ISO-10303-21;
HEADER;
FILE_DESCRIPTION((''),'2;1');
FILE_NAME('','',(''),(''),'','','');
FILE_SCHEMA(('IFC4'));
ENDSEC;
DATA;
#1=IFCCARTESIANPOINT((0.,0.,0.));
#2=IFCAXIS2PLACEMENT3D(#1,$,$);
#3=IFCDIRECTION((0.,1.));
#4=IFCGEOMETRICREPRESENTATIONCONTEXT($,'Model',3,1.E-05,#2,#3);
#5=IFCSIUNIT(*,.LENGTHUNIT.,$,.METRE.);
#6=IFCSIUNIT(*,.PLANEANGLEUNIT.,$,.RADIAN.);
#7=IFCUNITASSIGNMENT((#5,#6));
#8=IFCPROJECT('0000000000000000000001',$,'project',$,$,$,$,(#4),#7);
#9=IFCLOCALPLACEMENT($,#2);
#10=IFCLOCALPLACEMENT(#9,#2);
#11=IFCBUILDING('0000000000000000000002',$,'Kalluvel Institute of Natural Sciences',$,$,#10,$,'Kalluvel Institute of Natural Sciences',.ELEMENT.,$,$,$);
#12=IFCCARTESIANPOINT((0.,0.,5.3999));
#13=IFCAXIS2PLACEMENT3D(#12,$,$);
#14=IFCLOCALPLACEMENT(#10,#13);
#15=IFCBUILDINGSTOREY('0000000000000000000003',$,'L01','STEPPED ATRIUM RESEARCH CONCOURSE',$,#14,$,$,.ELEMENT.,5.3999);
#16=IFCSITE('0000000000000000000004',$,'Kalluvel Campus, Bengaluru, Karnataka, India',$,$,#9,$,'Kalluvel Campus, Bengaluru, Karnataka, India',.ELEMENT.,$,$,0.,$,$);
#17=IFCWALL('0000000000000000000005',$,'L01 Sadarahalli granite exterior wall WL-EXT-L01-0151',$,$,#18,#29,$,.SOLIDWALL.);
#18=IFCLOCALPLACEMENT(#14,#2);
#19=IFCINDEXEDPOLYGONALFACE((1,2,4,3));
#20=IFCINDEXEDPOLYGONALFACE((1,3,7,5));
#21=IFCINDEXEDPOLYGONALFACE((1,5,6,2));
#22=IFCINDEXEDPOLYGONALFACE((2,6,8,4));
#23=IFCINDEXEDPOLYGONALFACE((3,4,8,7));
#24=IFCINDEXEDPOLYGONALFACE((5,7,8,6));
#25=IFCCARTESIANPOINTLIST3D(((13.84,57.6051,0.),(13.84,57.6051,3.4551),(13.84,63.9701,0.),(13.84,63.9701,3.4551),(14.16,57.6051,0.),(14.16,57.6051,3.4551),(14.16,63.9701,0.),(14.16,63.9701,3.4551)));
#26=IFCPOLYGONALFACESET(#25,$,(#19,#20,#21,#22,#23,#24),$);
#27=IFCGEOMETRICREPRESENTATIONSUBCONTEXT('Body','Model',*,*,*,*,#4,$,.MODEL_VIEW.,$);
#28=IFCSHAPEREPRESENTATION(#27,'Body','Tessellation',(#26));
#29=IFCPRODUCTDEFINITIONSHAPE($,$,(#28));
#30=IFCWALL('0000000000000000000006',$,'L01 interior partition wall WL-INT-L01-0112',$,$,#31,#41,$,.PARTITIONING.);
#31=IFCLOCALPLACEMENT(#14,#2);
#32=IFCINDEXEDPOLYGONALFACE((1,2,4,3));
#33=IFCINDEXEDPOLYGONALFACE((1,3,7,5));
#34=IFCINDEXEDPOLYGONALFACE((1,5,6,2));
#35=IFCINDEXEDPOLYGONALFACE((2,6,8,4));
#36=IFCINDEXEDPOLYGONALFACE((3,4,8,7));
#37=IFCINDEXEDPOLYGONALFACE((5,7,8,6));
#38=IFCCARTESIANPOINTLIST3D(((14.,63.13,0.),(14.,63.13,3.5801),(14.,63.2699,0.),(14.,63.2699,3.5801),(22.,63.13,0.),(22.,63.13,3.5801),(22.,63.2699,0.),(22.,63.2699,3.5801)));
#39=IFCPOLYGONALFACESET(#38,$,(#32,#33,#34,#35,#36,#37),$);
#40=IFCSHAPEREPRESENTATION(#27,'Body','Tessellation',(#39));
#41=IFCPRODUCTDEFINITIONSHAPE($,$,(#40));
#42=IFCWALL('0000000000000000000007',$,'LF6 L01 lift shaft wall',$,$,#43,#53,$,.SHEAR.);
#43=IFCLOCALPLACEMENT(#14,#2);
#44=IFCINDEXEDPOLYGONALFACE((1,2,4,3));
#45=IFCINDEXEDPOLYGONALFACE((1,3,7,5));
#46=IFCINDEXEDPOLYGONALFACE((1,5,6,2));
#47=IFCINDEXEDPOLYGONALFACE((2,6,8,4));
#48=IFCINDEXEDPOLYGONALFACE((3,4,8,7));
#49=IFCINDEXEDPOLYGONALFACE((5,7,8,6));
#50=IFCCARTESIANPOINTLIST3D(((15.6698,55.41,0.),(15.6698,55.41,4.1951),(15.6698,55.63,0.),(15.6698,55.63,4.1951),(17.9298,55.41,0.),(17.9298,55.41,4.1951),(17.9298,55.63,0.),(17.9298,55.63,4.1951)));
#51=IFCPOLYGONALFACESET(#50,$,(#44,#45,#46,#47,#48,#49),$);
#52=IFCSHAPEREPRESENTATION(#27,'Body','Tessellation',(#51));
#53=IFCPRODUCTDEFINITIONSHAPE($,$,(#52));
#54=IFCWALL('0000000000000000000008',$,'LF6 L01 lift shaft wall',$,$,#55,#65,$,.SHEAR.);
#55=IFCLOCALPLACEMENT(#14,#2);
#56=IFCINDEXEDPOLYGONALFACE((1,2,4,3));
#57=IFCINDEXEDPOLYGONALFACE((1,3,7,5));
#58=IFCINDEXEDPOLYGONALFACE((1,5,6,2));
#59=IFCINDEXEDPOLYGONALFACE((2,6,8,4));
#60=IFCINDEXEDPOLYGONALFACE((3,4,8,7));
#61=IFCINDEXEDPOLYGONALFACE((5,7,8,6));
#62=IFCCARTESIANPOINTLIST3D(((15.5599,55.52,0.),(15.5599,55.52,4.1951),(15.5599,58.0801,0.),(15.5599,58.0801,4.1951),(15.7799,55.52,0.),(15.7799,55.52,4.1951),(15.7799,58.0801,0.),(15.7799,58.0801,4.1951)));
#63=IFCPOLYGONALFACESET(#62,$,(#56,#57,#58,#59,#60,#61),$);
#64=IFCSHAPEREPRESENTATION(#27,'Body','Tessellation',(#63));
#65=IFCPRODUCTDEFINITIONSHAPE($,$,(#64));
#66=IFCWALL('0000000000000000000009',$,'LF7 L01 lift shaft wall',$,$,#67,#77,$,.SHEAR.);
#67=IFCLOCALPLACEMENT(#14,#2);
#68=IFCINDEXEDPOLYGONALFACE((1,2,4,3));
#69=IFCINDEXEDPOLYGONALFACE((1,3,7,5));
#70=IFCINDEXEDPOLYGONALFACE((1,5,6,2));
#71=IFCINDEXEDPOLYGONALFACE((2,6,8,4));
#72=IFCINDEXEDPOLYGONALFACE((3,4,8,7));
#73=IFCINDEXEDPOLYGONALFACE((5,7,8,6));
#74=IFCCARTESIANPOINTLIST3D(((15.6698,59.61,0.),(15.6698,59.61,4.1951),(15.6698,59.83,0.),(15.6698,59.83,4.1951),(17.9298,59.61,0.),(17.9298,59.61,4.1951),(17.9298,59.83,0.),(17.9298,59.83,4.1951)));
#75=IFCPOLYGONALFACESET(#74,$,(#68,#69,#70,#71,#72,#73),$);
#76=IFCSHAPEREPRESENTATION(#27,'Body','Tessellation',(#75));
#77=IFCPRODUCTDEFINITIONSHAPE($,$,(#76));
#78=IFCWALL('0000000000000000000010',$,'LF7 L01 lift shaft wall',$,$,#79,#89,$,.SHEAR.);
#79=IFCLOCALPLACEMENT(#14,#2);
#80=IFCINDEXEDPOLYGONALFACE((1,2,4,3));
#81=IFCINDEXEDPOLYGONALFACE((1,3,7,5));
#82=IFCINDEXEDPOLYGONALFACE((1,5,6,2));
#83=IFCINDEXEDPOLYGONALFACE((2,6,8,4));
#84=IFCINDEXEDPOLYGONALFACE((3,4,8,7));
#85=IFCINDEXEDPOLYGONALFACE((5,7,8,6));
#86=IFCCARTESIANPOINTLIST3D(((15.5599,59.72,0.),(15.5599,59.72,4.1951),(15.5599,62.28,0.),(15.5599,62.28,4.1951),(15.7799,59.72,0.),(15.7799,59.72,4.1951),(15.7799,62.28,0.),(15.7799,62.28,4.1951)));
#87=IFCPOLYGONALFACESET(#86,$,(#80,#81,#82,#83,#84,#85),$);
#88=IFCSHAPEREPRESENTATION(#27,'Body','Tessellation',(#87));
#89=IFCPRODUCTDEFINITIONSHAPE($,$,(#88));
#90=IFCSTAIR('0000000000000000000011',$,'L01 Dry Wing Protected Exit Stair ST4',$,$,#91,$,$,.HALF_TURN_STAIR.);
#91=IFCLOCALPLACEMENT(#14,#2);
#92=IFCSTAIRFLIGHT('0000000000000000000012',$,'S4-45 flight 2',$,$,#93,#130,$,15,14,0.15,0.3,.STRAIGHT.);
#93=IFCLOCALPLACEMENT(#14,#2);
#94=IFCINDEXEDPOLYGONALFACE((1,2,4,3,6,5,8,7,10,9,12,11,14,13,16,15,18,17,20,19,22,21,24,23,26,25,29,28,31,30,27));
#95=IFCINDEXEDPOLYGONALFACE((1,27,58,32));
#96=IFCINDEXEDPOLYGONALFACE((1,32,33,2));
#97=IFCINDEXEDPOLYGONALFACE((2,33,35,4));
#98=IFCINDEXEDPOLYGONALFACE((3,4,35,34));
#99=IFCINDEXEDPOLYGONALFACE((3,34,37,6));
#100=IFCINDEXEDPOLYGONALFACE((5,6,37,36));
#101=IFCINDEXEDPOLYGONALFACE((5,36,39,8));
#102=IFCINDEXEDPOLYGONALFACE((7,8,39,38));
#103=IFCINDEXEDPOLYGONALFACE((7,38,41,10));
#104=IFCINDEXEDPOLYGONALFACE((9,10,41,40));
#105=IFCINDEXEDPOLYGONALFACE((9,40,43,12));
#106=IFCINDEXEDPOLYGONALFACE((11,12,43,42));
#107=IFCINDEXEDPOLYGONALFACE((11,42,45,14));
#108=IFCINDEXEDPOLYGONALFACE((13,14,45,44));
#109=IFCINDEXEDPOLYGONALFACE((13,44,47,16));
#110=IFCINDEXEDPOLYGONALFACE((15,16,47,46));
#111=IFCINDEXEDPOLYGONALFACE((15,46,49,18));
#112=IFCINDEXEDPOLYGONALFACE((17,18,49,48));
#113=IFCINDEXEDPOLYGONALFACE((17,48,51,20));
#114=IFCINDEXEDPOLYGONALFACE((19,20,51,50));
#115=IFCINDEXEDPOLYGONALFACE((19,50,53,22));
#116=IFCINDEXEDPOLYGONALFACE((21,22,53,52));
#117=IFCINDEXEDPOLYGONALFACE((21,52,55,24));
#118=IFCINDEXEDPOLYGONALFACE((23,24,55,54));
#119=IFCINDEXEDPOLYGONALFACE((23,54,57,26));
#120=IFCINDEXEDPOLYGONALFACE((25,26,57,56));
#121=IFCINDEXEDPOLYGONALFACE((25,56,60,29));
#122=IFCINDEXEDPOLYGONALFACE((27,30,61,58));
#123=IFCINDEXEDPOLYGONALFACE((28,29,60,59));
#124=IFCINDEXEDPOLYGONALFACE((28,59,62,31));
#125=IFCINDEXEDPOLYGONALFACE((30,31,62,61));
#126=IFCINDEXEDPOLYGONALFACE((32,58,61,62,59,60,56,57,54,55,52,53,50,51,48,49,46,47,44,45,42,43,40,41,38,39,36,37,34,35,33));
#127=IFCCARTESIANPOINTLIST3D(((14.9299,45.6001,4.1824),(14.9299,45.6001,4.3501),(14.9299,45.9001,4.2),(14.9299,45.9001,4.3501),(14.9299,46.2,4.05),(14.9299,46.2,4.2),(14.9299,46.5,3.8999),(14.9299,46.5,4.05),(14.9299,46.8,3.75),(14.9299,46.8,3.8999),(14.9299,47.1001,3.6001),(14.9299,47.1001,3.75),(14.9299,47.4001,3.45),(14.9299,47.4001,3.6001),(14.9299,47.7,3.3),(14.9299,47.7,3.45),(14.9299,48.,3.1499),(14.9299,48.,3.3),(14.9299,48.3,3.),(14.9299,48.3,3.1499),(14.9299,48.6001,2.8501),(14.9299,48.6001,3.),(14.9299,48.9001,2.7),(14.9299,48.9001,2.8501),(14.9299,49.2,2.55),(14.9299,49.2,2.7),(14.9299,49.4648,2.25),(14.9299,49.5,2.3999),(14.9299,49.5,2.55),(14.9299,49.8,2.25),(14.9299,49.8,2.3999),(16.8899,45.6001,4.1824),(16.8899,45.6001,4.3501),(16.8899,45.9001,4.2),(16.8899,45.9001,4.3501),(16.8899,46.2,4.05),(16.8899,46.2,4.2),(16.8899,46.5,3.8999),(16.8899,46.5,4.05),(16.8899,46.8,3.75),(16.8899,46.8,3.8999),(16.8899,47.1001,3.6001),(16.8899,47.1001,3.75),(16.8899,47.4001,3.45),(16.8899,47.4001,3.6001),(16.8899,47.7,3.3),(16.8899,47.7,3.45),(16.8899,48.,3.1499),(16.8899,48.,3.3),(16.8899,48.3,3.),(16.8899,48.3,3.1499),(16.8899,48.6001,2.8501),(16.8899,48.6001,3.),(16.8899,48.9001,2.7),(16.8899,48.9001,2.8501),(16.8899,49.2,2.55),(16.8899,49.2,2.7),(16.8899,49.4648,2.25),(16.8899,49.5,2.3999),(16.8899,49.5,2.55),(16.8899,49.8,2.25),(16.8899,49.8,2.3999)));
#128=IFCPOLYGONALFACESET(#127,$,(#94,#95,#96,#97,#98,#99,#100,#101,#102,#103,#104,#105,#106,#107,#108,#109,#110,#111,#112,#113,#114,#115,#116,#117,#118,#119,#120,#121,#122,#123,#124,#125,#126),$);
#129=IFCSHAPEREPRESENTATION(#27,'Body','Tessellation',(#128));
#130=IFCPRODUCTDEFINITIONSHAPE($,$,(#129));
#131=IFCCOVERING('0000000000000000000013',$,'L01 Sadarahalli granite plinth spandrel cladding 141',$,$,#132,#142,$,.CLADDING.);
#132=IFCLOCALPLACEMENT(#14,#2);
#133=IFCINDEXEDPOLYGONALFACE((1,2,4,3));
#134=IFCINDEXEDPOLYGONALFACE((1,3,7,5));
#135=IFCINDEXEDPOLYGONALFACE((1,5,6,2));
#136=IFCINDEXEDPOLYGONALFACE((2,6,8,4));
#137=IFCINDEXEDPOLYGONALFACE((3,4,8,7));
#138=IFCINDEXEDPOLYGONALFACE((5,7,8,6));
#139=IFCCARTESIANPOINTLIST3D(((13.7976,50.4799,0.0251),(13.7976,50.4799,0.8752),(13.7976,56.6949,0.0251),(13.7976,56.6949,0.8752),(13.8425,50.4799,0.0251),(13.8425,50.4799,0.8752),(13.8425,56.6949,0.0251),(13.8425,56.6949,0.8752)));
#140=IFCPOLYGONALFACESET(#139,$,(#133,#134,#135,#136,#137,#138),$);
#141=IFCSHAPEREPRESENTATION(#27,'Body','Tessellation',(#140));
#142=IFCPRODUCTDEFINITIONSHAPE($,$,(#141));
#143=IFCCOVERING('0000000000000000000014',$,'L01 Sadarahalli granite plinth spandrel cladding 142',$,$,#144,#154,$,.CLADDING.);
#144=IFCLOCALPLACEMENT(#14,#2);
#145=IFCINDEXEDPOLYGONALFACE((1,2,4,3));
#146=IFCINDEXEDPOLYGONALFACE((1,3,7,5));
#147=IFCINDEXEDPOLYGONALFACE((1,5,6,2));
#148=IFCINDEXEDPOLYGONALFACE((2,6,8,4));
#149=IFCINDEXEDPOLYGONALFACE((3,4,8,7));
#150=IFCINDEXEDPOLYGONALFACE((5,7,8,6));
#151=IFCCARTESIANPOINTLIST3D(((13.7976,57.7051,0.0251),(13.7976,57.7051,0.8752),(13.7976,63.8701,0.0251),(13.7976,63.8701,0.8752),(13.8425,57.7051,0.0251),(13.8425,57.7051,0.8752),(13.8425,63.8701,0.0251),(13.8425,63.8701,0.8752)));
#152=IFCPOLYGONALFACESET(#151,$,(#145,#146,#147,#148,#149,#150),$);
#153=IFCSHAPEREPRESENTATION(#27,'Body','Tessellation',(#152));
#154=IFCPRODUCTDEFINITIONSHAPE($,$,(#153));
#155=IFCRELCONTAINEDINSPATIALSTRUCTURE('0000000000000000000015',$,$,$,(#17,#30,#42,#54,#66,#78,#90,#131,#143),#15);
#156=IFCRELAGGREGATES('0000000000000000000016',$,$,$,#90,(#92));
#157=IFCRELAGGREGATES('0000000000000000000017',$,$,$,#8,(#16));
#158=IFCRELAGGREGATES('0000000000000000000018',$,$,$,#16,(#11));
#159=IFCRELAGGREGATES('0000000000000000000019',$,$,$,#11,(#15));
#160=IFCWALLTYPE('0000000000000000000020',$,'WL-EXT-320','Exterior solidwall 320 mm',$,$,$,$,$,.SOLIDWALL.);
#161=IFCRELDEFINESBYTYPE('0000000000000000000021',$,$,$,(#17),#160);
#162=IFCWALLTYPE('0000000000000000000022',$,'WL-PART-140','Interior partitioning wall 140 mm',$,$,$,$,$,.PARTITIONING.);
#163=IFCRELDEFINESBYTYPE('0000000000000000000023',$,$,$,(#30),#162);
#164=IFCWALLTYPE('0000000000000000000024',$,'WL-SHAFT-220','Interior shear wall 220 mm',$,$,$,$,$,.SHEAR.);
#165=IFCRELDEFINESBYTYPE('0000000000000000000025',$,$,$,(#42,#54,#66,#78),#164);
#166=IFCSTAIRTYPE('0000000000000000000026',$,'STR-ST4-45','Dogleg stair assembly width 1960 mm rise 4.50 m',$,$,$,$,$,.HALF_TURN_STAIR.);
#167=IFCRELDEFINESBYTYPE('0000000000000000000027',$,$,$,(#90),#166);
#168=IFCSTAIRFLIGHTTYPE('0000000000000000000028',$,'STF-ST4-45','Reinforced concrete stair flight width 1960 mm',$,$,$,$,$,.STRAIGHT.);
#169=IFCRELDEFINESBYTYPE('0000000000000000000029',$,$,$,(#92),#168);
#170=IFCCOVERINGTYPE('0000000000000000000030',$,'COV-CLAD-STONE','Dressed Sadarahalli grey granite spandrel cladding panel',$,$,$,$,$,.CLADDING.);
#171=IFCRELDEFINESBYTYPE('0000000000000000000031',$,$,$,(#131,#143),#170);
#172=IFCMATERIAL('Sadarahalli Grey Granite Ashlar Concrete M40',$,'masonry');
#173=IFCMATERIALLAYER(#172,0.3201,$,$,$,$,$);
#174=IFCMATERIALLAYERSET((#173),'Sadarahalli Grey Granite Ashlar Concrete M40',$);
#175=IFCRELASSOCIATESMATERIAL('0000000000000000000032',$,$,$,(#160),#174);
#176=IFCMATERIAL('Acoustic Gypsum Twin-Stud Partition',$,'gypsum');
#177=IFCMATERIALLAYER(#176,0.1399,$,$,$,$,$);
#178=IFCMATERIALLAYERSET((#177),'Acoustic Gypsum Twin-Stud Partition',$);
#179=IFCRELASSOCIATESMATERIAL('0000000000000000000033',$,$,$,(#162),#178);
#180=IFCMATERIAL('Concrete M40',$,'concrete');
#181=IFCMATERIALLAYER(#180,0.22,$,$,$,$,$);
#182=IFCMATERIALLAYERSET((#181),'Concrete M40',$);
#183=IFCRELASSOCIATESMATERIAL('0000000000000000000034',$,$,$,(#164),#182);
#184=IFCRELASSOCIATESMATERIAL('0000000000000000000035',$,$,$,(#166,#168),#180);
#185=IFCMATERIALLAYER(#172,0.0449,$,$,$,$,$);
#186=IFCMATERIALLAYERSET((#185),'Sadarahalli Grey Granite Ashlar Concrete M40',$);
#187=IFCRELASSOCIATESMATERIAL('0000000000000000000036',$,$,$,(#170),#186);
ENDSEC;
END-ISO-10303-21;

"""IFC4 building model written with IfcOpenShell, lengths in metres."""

from ifc_helpers import new_model, si_unit, direction, frame, frame_2d, origin, origin_2d, place, context, subcontext, project, spatial, polyline, rectangle, outline, extrude, material, layer, layer_set, type_object, element, aggregate, save


model = new_model("IFC4")

# Units and contexts
model_context = context("Model", 3, precision=1e-05, world=origin(), true_north=direction((0.0, 1.0)))
body_context = subcontext(model_context, "Body", "Model", "MODEL_VIEW")
ifc_project = project(units=[si_unit("LENGTHUNIT", "METRE"), si_unit("PLANEANGLEUNIT", "RADIAN")], contexts=[model_context])

# Site, building, storey
site_placement = place(None, origin())
site = spatial("IfcSite", under=ifc_project, at=site_placement, Name="Kalluvel Campus, Bengaluru, Karnataka, India", LongName="Kalluvel Campus, Bengaluru, Karnataka, India", CompositionType="ELEMENT", RefElevation=0.0)
building_placement = place(site_placement, origin())
building = spatial("IfcBuilding", under=site, at=building_placement, Name="Kalluvel Institute of Natural Sciences", LongName="Kalluvel Institute of Natural Sciences", CompositionType="ELEMENT")
storey_placement = place(building_placement, frame((0.0, 0.0, 5.3999)))
storey = spatial("IfcBuildingStorey", under=building, at=storey_placement, Name="L01", Description="STEPPED ATRIUM RESEARCH CONCOURSE", CompositionType="ELEMENT", Elevation=5.3999)

# Shared definitions
ifc_material_1 = material(Name="Concrete M40", Category="concrete")

# Walls
ifc_material_2 = material(Name="Sadarahalli Grey Granite Ashlar Concrete M40", Category="masonry")
ifc_layer_1 = layer(ifc_material_2, 0.3201)
ifc_layer_set_1 = layer_set([ifc_layer_1], Name="Sadarahalli Grey Granite Ashlar Concrete M40")
wall_type_1 = type_object("IfcWallType", Name="WL-EXT-320", Description="Exterior solidwall 320 mm", PredefinedType="SOLIDWALL", material=ifc_layer_set_1)
wall_1_placement = place(storey_placement, frame((14.0, 57.605, 0.0), z_axis=(0.0, 0.0, 1.0), x_axis=(0.0, 1.0, 0.0)))
element("IfcWall", 1, at=wall_1_placement, inside=storey, type_object=wall_type_1, Name="L01 Sadarahalli granite exterior wall WL-EXT-L01-0151", PredefinedType="SOLIDWALL", context=body_context, shape_type="SweptSolid", body=[
    extrude(rectangle(XDim=6.365, YDim=0.3201, at=frame_2d((3.1826, 0.0))), origin(), (0.0, 0.0, 1.0), 3.4551),
])
ifc_material_3 = material(Name="Acoustic Gypsum Twin-Stud Partition", Category="gypsum")
ifc_layer_2 = layer(ifc_material_3, 0.1399)
ifc_layer_set_2 = layer_set([ifc_layer_2], Name="Acoustic Gypsum Twin-Stud Partition")
wall_type_2 = type_object("IfcWallType", Name="WL-PART-140", Description="Interior partitioning wall 140 mm", PredefinedType="PARTITIONING", material=ifc_layer_set_2)
wall_2_placement = place(storey_placement, frame((14.0, 63.2, 0.0), z_axis=(0.0, 0.0, 1.0), x_axis=(1.0, 0.0, 0.0)))
element("IfcWall", 2, at=wall_2_placement, inside=storey, type_object=wall_type_2, Name="L01 interior partition wall WL-INT-L01-0112", PredefinedType="PARTITIONING", context=body_context, shape_type="SweptSolid", body=[
    extrude(rectangle(XDim=8.0, YDim=0.1399, at=frame_2d((4.0, 0.0))), origin(), (0.0, 0.0, 1.0), 3.5801),
])
ifc_layer_3 = layer(ifc_material_1, 0.22)
ifc_layer_set_3 = layer_set([ifc_layer_3], Name="Concrete M40")
wall_type_3 = type_object("IfcWallType", Name="WL-SHAFT-220", Description="Interior shear wall 220 mm", PredefinedType="SHEAR", material=ifc_layer_set_3)
wall_3_placement = place(storey_placement, frame((15.6699, 55.52, 0.0), z_axis=(0.0, 0.0, 1.0), x_axis=(1.0, 0.0, 0.0)))
element("IfcWall", 3, at=wall_3_placement, inside=storey, type_object=wall_type_3, Name="LF6 L01 lift shaft wall", PredefinedType="SHEAR", context=body_context, shape_type="SweptSolid", body=[
    extrude(rectangle(XDim=2.26, YDim=0.22, at=frame_2d((1.1299, 0.0))), origin(), (0.0, 0.0, 1.0), 4.1951),
])

# Walls
wall_4_placement = place(storey_placement, frame((15.6699, 58.0801, 0.0), z_axis=(0.0, 0.0, 1.0), x_axis=(0.0, -1.0, 0.0)))
element("IfcWall", 4, at=wall_4_placement, inside=storey, type_object=wall_type_3, Name="LF6 L01 lift shaft wall", PredefinedType="SHEAR", context=body_context, shape_type="SweptSolid", body=[
    extrude(rectangle(XDim=2.5601, YDim=0.22, at=frame_2d((1.28, 0.0))), origin(), (0.0, 0.0, 1.0), 4.1951),
])
wall_5_placement = place(storey_placement, frame((15.6699, 59.72, 0.0), z_axis=(0.0, 0.0, 1.0), x_axis=(1.0, 0.0, 0.0)))
element("IfcWall", 5, at=wall_5_placement, inside=storey, type_object=wall_type_3, Name="LF7 L01 lift shaft wall", PredefinedType="SHEAR", context=body_context, shape_type="SweptSolid", body=[
    extrude(rectangle(XDim=2.26, YDim=0.22, at=frame_2d((1.1299, 0.0))), origin(), (0.0, 0.0, 1.0), 4.1951),
])
wall_6_placement = place(storey_placement, frame((15.6699, 62.28, 0.0), z_axis=(0.0, 0.0, 1.0), x_axis=(0.0, -1.0, 0.0)))
element("IfcWall", 6, at=wall_6_placement, inside=storey, type_object=wall_type_3, Name="LF7 L01 lift shaft wall", PredefinedType="SHEAR", context=body_context, shape_type="SweptSolid", body=[
    extrude(rectangle(XDim=2.5601, YDim=0.22, at=frame_2d((1.28, 0.0))), origin(), (0.0, 0.0, 1.0), 4.1951),
])

# Stair, stair flight
stair_type = type_object("IfcStairType", Name="STR-ST4-45", Description="Dogleg stair assembly width 1960 mm rise 4.50 m", PredefinedType="HALF_TURN_STAIR", material=ifc_material_1)
stair_placement = place(storey_placement, origin())
stair = element("IfcStair", 7, at=stair_placement, inside=storey, type_object=stair_type, Name="L01 Dry Wing Protected Exit Stair ST4", PredefinedType="HALF_TURN_STAIR")
stair_flight_type = type_object("IfcStairFlightType", Name="STF-ST4-45", Description="Reinforced concrete stair flight width 1960 mm", PredefinedType="STRAIGHT", material=ifc_material_1)
stair_flight_placement = place(storey_placement, frame((15.9099, 49.8, 2.25), z_axis=(0.0, 0.0, 1.0), x_axis=(0.0, -1.0, 0.0)))
stair_flight = element("IfcStairFlight", 8, at=stair_flight_placement, type_object=stair_flight_type, Name="S4-45 flight 2", NumberOfRisers=15, NumberOfTreads=14, PredefinedType="STRAIGHT", RiserHeight=0.15, TreadLength=0.3, context=body_context, shape_type="SweptSolid", body=[
    extrude(outline(polyline([(0.0, 0.0), (0.0, 0.1499), (0.3, 0.1499), (0.3, 0.3), (0.6001, 0.3), (0.6001, 0.45), (0.8999, 0.45), (0.8999, 0.6001), (1.2, 0.6001), (1.2, 0.75), (1.5, 0.75), (1.5, 0.8999), (1.8, 0.8999), (1.8, 1.05), (2.1001, 1.05), (2.1001, 1.2), (2.3999, 1.2), (2.3999, 1.3501), (2.7, 1.3501), (2.7, 1.5), (3.0, 1.5), (3.0, 1.6499), (3.3, 1.6499), (3.3, 1.8), (3.6001, 1.8), (3.6001, 1.95), (3.8999, 1.95), (3.8999, 2.1001), (4.2, 2.1001), (4.2, 2.25), (4.2, 1.9324), (0.3352, 0.0), (0.0, 0.0)])), frame((0.0, 0.98, 0.0), z_axis=(0.0, -1.0, 0.0), x_axis=(1.0, 0.0, 0.0)), (0.0, 0.0, 1.0), 1.96),
])
aggregate(stair, [stair_flight])

# Coverings
ifc_layer_4 = layer(ifc_material_2, 0.0449)
ifc_layer_set_4 = layer_set([ifc_layer_4], Name="Sadarahalli Grey Granite Ashlar Concrete M40")
covering_type = type_object("IfcCoveringType", Name="COV-CLAD-STONE", Description="Dressed Sadarahalli grey granite spandrel cladding panel", PredefinedType="CLADDING", material=ifc_layer_set_4)
covering_1_placement = place(storey_placement, frame((13.8201, 53.5874, 0.0251), z_axis=(0.0, 0.0, 1.0), x_axis=(0.0, 1.0, 0.0)))
element("IfcCovering", 9, at=covering_1_placement, inside=storey, type_object=covering_type, Name="L01 Sadarahalli granite plinth spandrel cladding 141", PredefinedType="CLADDING", context=body_context, shape_type="SweptSolid", body=[
    extrude(rectangle(XDim=6.2151, YDim=0.0449, at=origin_2d()), origin(), (0.0, 0.0, 1.0), 0.8501),
])
covering_2_placement = place(storey_placement, frame((13.8201, 60.7876, 0.0251), z_axis=(0.0, 0.0, 1.0), x_axis=(0.0, 1.0, 0.0)))
element("IfcCovering", 10, at=covering_2_placement, inside=storey, type_object=covering_type, Name="L01 Sadarahalli granite plinth spandrel cladding 142", PredefinedType="CLADDING", context=body_context, shape_type="SweptSolid", body=[
    extrude(rectangle(XDim=6.165, YDim=0.0449, at=origin_2d()), origin(), (0.0, 0.0, 1.0), 0.8501),
])

save(model, "model.ifc")
